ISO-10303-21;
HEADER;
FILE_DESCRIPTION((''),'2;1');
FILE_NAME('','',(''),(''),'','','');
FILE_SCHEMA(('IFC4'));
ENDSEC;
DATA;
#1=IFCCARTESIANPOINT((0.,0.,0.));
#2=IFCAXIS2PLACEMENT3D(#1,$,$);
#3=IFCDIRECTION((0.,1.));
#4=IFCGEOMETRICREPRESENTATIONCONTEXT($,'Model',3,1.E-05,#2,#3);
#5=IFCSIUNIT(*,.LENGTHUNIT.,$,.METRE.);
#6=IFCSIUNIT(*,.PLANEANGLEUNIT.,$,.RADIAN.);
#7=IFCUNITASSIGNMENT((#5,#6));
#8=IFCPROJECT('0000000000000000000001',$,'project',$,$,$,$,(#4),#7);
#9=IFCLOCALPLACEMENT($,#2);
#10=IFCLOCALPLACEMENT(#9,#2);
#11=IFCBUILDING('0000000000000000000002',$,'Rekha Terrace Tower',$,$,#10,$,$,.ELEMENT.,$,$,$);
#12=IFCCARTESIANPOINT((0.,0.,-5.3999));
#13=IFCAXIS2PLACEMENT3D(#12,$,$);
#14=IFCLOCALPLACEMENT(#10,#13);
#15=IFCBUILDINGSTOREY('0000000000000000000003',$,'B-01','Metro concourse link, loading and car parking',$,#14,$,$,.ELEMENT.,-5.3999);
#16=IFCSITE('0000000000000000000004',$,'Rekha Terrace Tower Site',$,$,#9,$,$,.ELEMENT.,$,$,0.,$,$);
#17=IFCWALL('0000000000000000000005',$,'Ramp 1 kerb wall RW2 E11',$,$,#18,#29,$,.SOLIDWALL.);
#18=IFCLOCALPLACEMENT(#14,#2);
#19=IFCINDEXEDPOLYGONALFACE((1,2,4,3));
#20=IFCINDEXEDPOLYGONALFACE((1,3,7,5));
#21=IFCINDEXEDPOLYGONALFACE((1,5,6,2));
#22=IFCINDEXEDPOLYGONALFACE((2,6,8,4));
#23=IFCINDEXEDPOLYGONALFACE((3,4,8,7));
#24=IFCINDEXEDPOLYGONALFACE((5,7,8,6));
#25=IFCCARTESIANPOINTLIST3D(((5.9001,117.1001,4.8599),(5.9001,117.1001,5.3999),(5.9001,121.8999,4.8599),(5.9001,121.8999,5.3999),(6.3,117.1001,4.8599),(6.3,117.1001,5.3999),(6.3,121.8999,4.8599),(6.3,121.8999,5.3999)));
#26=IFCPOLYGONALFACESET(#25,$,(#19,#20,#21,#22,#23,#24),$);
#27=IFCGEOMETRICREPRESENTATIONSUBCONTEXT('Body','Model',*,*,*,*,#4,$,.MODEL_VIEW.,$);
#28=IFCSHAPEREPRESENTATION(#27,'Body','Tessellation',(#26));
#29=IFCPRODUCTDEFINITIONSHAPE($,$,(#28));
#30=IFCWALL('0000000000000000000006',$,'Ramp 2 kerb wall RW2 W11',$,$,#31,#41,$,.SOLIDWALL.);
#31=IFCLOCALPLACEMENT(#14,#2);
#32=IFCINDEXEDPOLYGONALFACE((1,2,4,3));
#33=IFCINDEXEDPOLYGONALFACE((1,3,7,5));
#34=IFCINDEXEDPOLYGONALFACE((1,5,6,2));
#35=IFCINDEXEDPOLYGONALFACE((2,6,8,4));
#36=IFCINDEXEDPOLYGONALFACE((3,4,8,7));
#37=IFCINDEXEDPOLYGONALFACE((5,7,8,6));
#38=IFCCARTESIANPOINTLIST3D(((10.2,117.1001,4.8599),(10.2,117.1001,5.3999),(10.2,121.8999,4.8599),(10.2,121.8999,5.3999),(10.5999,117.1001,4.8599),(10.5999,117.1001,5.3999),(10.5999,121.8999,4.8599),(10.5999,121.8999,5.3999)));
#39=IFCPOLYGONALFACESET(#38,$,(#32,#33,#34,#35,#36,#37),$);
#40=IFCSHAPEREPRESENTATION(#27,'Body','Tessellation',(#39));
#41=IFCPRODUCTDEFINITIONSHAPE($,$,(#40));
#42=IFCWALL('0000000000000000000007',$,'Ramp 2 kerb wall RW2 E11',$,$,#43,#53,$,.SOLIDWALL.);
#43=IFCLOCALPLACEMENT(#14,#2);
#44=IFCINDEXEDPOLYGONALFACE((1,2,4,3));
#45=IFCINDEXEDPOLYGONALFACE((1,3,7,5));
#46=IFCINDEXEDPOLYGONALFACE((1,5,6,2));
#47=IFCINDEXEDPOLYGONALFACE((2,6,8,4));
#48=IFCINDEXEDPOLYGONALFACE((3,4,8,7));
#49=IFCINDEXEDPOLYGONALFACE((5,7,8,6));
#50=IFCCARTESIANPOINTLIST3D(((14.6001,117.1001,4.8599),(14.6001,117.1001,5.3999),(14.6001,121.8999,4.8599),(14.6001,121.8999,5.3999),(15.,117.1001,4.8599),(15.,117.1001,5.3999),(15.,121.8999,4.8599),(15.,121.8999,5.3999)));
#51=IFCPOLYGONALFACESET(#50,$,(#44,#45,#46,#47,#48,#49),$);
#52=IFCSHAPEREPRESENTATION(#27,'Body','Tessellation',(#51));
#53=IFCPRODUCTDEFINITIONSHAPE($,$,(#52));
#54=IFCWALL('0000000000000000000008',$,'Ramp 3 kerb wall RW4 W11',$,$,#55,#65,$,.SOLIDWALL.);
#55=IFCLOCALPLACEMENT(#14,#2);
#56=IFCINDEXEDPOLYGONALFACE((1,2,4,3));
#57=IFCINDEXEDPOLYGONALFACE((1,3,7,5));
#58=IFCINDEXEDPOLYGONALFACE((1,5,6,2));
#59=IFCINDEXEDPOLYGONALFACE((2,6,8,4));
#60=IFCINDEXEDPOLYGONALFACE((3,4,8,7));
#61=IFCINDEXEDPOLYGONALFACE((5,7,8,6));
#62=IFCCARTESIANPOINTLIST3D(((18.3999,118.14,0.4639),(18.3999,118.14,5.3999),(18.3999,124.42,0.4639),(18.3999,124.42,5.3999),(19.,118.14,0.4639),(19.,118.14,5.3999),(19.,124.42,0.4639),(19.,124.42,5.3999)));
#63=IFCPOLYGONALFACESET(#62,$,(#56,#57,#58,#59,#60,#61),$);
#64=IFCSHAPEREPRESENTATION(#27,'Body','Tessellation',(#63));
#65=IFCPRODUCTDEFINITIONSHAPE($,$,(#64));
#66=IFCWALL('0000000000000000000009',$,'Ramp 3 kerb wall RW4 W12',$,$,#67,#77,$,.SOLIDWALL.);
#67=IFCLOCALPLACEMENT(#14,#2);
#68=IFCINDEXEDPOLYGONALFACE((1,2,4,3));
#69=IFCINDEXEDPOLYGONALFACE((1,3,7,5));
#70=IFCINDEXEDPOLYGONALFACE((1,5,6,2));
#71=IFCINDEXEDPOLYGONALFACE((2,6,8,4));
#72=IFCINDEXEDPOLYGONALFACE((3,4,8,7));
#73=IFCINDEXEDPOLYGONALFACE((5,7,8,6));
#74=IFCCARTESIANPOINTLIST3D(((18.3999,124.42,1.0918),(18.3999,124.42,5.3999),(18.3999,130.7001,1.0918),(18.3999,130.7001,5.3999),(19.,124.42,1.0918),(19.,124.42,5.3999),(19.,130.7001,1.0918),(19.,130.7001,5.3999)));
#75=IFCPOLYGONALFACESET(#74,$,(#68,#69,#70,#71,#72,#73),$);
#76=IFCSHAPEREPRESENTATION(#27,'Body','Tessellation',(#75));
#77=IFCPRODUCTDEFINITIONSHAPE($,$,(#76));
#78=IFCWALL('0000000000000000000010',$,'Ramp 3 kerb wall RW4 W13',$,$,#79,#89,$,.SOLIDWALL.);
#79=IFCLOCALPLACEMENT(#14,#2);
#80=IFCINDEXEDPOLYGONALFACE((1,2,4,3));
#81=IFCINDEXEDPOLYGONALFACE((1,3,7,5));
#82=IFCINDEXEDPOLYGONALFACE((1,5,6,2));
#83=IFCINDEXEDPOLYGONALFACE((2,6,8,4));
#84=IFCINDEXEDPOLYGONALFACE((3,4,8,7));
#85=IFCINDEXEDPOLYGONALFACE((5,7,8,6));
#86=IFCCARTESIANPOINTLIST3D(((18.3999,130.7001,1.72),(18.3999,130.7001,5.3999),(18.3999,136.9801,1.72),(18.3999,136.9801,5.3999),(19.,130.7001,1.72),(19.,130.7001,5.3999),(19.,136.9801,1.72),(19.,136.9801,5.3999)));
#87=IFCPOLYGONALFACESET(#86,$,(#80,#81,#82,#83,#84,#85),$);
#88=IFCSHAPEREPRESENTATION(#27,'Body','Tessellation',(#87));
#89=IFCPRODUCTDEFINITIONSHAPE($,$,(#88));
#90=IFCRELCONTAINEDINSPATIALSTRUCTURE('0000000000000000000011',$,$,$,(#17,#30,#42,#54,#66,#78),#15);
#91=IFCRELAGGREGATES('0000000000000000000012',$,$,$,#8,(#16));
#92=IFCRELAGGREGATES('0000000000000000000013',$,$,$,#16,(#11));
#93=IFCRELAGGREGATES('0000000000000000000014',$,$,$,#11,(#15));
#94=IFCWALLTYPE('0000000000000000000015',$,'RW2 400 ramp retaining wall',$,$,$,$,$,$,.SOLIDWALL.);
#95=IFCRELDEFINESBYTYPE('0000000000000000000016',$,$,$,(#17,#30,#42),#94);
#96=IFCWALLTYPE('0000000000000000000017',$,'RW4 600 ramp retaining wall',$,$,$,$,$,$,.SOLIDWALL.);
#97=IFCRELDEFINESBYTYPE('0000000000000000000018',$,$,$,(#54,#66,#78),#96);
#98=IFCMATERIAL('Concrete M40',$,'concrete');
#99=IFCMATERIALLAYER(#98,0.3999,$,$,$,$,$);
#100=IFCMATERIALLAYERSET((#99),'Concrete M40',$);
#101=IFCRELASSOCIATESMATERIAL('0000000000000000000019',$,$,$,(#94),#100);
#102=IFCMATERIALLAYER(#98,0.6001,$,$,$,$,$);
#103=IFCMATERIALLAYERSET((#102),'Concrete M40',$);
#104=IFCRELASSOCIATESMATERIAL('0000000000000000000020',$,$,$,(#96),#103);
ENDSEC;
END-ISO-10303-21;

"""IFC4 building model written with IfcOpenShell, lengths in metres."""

from ifc_helpers import new_model, si_unit, direction, frame, frame_2d, origin, place, context, subcontext, project, spatial, rectangle, extrude, material, layer, layer_set, type_object, element, save


model = new_model("IFC4")

# Units and contexts
model_context = context("Model", 3, precision=1e-05, world=origin(), true_north=direction((0.0, 1.0)))
body_context = subcontext(model_context, "Body", "Model", "MODEL_VIEW")
ifc_project = project(units=[si_unit("LENGTHUNIT", "METRE"), si_unit("PLANEANGLEUNIT", "RADIAN")], contexts=[model_context])

# Site, building, storey
site_placement = place(None, origin())
site = spatial("IfcSite", under=ifc_project, at=site_placement, Name="Rekha Terrace Tower Site", CompositionType="ELEMENT", RefElevation=0.0)
building_placement = place(site_placement, origin())
building = spatial("IfcBuilding", under=site, at=building_placement, Name="Rekha Terrace Tower", CompositionType="ELEMENT")
storey_placement = place(building_placement, frame((0.0, 0.0, -5.3999)))
storey = spatial("IfcBuildingStorey", under=building, at=storey_placement, Name="B-01", Description="Metro concourse link, loading and car parking", CompositionType="ELEMENT", Elevation=-5.3999)

# Shared definitions
ifc_material = material(Name="Concrete M40", Category="concrete")

# Walls
ifc_layer_1 = layer(ifc_material, 0.3999)
ifc_layer_set_1 = layer_set([ifc_layer_1], Name="Concrete M40")
wall_type_1 = type_object("IfcWallType", Name="RW2 400 ramp retaining wall", PredefinedType="SOLIDWALL", material=ifc_layer_set_1)
for number, where, z_axis, x_axis, name in (
    (1, (6.1001, 117.1001, 4.8599), (0.0, 0.0, 1.0), (0.0, 1.0, 0.0), "Ramp 1 kerb wall RW2 E11"),
    (2, (10.3999, 117.1001, 4.8599), (0.0, 0.0, 1.0), (0.0, 1.0, 0.0), "Ramp 2 kerb wall RW2 W11"),
    (3, (14.8, 117.1001, 4.8599), (0.0, 0.0, 1.0), (0.0, 1.0, 0.0), "Ramp 2 kerb wall RW2 E11"),
):
    element("IfcWall", number, at=place(storey_placement, frame(where, z_axis=z_axis, x_axis=x_axis)), inside=storey, type_object=wall_type_1, Name=name, PredefinedType="SOLIDWALL", context=body_context, shape_type="SweptSolid", body=[
        extrude(rectangle(XDim=4.7998, YDim=0.3999, at=frame_2d((2.3999, 0.0))), origin(), (0.0, 0.0, 1.0), 0.54),
    ])
ifc_layer_2 = layer(ifc_material, 0.6001)
ifc_layer_set_2 = layer_set([ifc_layer_2], Name="Concrete M40")
wall_type_2 = type_object("IfcWallType", Name="RW4 600 ramp retaining wall", PredefinedType="SOLIDWALL", material=ifc_layer_set_2)
wall_1_placement = place(storey_placement, frame((18.7, 118.1399, 0.4639), z_axis=(0.0, 0.0, 1.0), x_axis=(0.0, 1.0, 0.0)))
element("IfcWall", 4, at=wall_1_placement, inside=storey, type_object=wall_type_2, Name="Ramp 3 kerb wall RW4 W11", PredefinedType="SOLIDWALL", context=body_context, shape_type="SweptSolid", body=[
    extrude(rectangle(XDim=6.28, YDim=0.6001, at=frame_2d((3.1401, 0.0))), origin(), (0.0, 0.0, 1.0), 4.936),
])
wall_2_placement = place(storey_placement, frame((18.7, 124.4199, 1.0918), z_axis=(0.0, 0.0, 1.0), x_axis=(0.0, 1.0, 0.0)))
element("IfcWall", 5, at=wall_2_placement, inside=storey, type_object=wall_type_2, Name="Ramp 3 kerb wall RW4 W12", PredefinedType="SOLIDWALL", context=body_context, shape_type="SweptSolid", body=[
    extrude(rectangle(XDim=6.28, YDim=0.6001, at=frame_2d((3.1401, 0.0))), origin(), (0.0, 0.0, 1.0), 4.3081),
])
wall_3_placement = place(storey_placement, frame((18.7, 130.7, 1.72), z_axis=(0.0, 0.0, 1.0), x_axis=(0.0, 1.0, 0.0)))
element("IfcWall", 6, at=wall_3_placement, inside=storey, type_object=wall_type_2, Name="Ramp 3 kerb wall RW4 W13", PredefinedType="SOLIDWALL", context=body_context, shape_type="SweptSolid", body=[
    extrude(rectangle(XDim=6.28, YDim=0.6001, at=frame_2d((3.1401, 0.0))), origin(), (0.0, 0.0, 1.0), 3.6799),
])

save(model, "model.ifc")
